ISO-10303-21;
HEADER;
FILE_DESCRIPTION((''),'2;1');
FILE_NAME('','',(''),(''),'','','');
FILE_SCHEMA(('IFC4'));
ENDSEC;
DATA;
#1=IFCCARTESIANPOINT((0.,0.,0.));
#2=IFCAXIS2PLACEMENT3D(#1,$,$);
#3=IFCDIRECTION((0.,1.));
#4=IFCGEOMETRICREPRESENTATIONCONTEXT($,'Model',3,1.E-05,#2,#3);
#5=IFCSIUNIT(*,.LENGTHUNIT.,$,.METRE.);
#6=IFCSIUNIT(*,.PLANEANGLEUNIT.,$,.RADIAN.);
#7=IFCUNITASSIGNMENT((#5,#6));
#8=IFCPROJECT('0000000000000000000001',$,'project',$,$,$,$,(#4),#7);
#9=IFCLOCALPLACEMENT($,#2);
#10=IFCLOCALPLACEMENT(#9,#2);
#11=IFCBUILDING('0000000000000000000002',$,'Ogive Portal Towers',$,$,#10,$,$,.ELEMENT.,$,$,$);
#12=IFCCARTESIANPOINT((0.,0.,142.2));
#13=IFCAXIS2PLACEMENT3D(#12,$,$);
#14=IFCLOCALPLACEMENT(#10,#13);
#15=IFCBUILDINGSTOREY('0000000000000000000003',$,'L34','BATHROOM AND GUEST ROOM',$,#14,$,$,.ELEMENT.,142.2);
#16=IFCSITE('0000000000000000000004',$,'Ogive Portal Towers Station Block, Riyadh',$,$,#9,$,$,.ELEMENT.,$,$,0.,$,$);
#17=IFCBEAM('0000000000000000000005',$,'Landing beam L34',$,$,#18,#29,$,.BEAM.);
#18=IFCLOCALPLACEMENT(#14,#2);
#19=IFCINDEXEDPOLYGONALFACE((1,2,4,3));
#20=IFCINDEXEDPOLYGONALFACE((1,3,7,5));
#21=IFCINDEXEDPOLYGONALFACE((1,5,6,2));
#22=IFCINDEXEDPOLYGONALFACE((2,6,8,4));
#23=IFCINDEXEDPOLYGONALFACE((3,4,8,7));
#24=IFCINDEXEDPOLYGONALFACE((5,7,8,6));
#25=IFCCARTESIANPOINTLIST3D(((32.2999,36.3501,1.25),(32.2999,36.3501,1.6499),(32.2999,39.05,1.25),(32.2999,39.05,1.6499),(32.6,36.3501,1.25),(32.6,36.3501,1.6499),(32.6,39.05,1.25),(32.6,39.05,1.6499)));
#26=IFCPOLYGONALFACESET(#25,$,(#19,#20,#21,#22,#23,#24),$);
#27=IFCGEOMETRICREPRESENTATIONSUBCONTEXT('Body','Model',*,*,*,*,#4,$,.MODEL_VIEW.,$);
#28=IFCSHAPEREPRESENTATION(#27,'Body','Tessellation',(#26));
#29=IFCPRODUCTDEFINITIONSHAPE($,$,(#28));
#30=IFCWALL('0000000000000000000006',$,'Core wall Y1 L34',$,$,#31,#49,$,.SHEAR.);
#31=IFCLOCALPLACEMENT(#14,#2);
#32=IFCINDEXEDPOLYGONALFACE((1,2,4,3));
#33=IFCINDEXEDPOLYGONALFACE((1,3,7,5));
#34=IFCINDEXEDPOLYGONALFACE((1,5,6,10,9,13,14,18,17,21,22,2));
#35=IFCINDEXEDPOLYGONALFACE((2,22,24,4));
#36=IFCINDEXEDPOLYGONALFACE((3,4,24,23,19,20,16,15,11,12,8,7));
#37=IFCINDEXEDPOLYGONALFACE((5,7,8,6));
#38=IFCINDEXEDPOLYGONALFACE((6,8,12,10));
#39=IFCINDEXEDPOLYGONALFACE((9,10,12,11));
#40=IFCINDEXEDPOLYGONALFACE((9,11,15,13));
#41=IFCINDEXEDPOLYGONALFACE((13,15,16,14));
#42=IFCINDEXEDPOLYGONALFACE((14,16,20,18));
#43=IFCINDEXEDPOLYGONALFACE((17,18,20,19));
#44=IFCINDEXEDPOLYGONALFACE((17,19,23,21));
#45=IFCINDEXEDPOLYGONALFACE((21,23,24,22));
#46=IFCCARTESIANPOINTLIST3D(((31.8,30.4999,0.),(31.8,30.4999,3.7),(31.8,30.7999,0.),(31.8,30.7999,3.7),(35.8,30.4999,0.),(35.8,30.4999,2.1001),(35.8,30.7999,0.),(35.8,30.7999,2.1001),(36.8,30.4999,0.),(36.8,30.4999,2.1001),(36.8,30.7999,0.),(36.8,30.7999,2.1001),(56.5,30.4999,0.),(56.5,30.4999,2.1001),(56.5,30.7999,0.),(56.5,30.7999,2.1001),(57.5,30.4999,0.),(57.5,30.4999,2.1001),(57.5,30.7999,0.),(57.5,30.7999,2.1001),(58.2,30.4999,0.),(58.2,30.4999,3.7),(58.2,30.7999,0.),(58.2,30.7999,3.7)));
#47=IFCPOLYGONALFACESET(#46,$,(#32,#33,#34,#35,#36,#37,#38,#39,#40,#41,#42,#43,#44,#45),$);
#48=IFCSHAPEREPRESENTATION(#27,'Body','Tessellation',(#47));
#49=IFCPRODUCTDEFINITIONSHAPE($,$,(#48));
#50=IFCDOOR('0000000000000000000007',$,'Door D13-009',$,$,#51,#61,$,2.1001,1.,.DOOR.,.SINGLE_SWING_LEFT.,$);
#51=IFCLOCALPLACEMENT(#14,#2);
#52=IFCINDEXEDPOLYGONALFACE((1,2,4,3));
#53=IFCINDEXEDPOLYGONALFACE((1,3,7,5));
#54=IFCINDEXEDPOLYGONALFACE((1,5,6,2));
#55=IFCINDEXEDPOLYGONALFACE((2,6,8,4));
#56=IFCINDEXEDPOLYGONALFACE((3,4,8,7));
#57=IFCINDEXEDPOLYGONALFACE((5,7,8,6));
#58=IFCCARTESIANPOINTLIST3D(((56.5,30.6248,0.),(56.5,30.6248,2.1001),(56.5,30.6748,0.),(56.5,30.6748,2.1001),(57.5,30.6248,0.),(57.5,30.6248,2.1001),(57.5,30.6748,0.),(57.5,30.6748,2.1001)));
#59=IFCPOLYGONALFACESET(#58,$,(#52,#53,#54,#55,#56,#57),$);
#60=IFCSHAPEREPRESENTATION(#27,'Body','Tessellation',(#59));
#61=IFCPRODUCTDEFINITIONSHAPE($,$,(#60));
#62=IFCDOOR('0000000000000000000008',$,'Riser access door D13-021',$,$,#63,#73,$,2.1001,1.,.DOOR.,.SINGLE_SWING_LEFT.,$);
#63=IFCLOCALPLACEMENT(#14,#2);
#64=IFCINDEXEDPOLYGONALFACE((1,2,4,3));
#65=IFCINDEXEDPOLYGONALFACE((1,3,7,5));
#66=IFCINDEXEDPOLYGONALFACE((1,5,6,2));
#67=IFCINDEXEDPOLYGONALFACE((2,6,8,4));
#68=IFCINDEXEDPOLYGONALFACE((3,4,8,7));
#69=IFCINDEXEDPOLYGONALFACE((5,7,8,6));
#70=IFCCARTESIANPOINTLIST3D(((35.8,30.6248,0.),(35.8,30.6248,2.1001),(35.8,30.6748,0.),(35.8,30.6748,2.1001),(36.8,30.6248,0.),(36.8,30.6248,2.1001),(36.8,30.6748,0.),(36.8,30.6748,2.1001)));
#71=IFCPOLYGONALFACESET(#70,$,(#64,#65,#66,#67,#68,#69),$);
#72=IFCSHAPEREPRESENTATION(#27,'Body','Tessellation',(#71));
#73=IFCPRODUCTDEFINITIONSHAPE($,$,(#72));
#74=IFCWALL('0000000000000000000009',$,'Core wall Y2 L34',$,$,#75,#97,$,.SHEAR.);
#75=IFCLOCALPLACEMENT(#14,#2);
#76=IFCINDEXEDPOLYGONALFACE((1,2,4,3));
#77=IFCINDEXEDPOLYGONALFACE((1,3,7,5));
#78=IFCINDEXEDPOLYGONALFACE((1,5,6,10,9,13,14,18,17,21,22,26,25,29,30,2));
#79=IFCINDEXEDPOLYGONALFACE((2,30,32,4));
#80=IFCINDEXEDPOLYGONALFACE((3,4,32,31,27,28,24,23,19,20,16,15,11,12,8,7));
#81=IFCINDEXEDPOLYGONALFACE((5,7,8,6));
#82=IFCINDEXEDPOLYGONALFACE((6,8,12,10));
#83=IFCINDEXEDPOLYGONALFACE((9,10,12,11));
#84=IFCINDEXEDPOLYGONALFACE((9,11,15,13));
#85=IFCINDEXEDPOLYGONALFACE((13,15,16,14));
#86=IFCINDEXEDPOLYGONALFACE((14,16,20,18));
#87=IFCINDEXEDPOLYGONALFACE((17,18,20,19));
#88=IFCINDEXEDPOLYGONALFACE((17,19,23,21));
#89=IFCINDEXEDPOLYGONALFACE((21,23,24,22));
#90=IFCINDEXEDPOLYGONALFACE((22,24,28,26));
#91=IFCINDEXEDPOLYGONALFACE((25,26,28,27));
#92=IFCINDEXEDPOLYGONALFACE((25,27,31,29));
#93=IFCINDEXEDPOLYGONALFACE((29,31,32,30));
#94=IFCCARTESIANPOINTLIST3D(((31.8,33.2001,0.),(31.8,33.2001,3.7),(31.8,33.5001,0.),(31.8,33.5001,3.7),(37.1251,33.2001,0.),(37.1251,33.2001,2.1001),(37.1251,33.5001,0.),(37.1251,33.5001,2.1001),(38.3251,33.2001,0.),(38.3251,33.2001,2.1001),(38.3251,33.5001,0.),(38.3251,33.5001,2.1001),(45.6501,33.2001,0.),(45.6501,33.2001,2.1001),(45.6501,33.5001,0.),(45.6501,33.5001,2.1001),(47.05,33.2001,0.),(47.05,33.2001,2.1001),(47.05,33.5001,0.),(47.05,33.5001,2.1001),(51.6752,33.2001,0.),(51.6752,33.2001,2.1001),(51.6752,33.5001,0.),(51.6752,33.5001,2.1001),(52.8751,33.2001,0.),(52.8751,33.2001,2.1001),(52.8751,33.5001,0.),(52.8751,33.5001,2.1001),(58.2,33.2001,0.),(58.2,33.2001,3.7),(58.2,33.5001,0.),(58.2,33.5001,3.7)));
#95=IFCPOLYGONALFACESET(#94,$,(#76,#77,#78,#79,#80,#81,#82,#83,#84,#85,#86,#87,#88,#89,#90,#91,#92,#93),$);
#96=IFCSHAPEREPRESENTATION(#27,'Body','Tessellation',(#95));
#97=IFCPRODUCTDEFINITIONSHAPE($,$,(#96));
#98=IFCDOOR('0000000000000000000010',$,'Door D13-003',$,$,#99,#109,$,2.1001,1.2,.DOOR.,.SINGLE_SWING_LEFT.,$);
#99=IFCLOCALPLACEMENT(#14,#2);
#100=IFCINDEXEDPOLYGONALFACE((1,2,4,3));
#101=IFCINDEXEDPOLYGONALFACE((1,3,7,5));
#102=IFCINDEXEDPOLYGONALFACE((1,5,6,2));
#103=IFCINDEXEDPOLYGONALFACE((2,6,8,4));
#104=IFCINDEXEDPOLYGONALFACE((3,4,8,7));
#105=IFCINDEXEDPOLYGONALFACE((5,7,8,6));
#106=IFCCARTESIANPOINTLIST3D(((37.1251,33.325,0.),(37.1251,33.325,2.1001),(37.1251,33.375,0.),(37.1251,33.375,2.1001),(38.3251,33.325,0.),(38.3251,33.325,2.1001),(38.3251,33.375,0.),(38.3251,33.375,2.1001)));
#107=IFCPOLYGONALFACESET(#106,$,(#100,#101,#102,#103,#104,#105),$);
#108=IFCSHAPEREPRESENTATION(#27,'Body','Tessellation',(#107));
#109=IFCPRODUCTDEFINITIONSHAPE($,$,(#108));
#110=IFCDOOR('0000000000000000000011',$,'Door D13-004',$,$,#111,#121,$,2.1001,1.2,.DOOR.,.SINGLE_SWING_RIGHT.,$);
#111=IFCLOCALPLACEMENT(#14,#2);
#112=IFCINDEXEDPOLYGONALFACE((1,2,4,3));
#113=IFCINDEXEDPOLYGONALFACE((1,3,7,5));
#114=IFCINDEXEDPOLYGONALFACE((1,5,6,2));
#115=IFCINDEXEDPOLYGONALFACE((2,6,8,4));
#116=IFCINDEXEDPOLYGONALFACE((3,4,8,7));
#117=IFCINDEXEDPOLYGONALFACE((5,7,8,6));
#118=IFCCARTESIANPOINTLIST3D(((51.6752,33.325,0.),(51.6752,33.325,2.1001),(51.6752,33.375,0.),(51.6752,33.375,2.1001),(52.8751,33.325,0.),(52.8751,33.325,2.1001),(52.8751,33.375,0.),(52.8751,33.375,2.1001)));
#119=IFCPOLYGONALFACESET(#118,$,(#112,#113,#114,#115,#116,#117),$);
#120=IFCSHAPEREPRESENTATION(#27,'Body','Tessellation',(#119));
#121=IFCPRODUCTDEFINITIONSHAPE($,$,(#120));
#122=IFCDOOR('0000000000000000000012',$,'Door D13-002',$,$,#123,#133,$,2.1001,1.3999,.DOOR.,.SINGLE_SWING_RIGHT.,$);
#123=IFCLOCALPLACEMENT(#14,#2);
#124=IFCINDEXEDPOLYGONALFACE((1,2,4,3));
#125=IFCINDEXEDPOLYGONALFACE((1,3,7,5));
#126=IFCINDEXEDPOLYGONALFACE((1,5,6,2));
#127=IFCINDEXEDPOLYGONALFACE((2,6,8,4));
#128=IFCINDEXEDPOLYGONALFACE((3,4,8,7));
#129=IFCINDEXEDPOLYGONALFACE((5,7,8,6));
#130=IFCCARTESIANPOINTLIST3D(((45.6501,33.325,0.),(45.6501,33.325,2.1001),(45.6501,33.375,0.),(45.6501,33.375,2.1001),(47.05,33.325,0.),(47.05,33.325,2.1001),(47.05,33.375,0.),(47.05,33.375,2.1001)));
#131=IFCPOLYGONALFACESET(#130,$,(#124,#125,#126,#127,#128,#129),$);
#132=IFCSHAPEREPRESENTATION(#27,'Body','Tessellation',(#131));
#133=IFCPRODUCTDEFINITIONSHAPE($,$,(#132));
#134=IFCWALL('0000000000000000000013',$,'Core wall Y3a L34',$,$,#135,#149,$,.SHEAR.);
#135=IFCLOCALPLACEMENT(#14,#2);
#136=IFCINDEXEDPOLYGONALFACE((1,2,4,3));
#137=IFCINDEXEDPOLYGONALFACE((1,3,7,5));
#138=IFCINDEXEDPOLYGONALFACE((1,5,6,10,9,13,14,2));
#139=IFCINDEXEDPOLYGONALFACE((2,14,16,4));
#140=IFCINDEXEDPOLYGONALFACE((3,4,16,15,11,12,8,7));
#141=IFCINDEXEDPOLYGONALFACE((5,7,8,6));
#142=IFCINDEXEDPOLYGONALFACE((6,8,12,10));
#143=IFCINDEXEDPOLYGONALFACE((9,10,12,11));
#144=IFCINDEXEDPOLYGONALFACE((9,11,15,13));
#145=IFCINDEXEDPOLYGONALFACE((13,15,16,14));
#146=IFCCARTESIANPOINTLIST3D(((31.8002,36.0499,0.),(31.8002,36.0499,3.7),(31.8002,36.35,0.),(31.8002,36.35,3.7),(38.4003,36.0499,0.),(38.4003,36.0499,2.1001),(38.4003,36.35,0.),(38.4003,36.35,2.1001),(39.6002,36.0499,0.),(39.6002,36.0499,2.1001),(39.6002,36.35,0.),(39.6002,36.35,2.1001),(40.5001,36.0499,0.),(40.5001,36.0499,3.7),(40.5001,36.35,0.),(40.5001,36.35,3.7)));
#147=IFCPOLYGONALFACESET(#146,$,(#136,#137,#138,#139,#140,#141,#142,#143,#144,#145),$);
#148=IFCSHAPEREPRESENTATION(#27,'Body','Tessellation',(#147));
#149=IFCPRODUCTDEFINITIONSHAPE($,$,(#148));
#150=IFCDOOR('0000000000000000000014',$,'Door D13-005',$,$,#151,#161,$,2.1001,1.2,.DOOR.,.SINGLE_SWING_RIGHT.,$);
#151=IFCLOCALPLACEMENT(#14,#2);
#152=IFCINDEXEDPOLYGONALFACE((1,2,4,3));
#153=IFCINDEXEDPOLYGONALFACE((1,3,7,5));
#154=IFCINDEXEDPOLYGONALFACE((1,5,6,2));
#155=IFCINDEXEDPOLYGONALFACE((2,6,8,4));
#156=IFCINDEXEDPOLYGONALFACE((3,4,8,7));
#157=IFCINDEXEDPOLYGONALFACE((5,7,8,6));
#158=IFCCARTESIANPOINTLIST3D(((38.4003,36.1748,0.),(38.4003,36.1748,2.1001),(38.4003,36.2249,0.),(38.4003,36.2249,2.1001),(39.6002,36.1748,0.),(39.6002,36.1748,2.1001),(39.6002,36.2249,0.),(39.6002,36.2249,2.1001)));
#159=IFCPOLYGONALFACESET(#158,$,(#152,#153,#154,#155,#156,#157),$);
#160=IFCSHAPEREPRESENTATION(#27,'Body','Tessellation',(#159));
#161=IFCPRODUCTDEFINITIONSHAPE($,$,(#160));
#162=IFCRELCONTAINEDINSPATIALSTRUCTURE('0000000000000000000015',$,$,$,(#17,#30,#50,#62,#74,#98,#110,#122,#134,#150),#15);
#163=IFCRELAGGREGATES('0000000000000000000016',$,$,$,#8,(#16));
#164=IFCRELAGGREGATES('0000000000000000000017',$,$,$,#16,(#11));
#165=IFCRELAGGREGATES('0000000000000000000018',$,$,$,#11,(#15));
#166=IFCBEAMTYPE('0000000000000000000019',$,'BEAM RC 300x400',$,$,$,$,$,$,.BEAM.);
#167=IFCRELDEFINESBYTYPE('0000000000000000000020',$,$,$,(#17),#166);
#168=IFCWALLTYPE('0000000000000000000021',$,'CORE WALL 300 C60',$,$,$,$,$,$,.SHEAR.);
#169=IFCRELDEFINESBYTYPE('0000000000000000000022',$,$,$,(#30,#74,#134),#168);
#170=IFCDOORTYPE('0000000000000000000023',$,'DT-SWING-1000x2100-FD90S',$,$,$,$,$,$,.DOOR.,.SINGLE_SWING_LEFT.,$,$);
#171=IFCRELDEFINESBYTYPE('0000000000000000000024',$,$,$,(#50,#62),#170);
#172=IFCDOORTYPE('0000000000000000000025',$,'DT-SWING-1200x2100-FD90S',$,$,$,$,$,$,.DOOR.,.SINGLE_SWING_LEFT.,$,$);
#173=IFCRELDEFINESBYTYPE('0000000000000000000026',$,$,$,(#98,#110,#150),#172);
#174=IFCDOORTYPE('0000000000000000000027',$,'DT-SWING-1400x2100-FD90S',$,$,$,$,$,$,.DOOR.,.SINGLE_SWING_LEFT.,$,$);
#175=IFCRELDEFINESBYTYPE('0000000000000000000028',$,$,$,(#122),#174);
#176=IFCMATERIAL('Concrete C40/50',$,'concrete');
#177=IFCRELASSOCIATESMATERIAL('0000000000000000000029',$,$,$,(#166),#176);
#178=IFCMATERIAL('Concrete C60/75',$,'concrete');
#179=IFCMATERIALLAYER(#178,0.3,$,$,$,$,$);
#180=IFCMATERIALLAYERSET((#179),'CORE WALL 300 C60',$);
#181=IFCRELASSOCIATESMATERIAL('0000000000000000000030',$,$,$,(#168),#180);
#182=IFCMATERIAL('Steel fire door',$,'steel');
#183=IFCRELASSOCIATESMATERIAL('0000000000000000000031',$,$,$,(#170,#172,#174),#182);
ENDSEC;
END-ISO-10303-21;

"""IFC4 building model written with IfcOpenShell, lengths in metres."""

from ifc_helpers import new_model, si_unit, direction, frame, frame_2d, origin, origin_2d, place, context, subcontext, project, spatial, rectangle, extrude, material, layer, layer_set, material_profile, profile_set, type_object, element, fill, save


model = new_model("IFC4")

# Units and contexts
model_context = context("Model", 3, precision=1e-05, world=origin(), true_north=direction((0.0, 1.0)))
body_context = subcontext(model_context, "Body", "Model", "MODEL_VIEW")
ifc_project = project(units=[si_unit("LENGTHUNIT", "METRE"), si_unit("PLANEANGLEUNIT", "RADIAN")], contexts=[model_context])

# Site, building, storey
site_placement = place(None, origin())
site = spatial("IfcSite", under=ifc_project, at=site_placement, Name="Ogive Portal Towers Station Block, Riyadh", CompositionType="ELEMENT", RefElevation=0.0)
building_placement = place(site_placement, origin())
building = spatial("IfcBuilding", under=site, at=building_placement, Name="Ogive Portal Towers", CompositionType="ELEMENT")
storey_placement = place(building_placement, frame((0.0, 0.0, 142.2)))
storey = spatial("IfcBuildingStorey", under=building, at=storey_placement, Name="L34", Description="BATHROOM AND GUEST ROOM", CompositionType="ELEMENT", Elevation=142.2)

# Beam
ifc_material_1 = material(Name="Concrete C40/50", Category="concrete")
ifc_material_profile = material_profile(ifc_material_1, rectangle(XDim=0.3, YDim=0.3999, at=origin_2d()), Name="RC 300x400")
ifc_profile_set = profile_set([ifc_material_profile], Name="Concrete C40/50")
beam_type = type_object("IfcBeamType", Name="BEAM RC 300x400", PredefinedType="BEAM", material=ifc_profile_set)
beam_placement = place(storey_placement, frame((32.45, 36.3501, 1.45), z_axis=(0.0, 1.0, 0.0), x_axis=(-1.0, 0.0, 0.0)))
element("IfcBeam", 1, at=beam_placement, inside=storey, type_object=beam_type, Name="Landing beam L34", PredefinedType="BEAM", context=body_context, shape_type="SweptSolid", body=[
    extrude(rectangle(XDim=0.3, YDim=0.3999, at=origin_2d()), origin(), (0.0, 0.0, 1.0), 2.7),
])

# Walls, openings, doors
ifc_material_2 = material(Name="Concrete C60/75", Category="concrete")
ifc_layer_1 = layer(ifc_material_2, 0.3)
ifc_layer_set_1 = layer_set([ifc_layer_1], Name="CORE WALL 300 C60")
wall_type_1 = type_object("IfcWallType", Name="CORE WALL 300 C60", PredefinedType="SHEAR", material=ifc_layer_set_1)
wall_1_placement = place(storey_placement, frame((31.8, 30.6499, 0.0), z_axis=(0.0, 0.0, 1.0), x_axis=(1.0, 0.0, 0.0)))
wall_1 = element("IfcWall", 2, at=wall_1_placement, inside=storey, type_object=wall_type_1, Name="Core wall Y1 L34", PredefinedType="SHEAR", context=body_context, shape_type="SweptSolid", body=[
    extrude(rectangle(XDim=26.3999, YDim=0.3, at=frame_2d((13.2, 0.0))), origin(), (0.0, 0.0, 1.0), 3.7),
])
opening_1_placement = place(wall_1_placement, frame((24.7, 0.0, 0.0)))
opening_1 = element("IfcOpeningElement", 3, at=opening_1_placement, cuts=wall_1, PredefinedType="OPENING", context=body_context, shape_type="SweptSolid", body=[
    extrude(rectangle(XDim=1.0, YDim=2.1001, at=frame_2d((0.5, 1.05))), frame((0.0, 0.1602, 0.0), z_axis=(0.0, -1.0, 0.0), x_axis=(1.0, 0.0, 0.0)), (0.0, 0.0, 1.0), 0.3201),
])
opening_2_placement = place(wall_1_placement, frame((4.0, 0.0, 0.0)))
opening_2 = element("IfcOpeningElement", 4, at=opening_2_placement, cuts=wall_1, PredefinedType="OPENING", context=body_context, shape_type="SweptSolid", body=[
    extrude(rectangle(XDim=1.0, YDim=2.1001, at=frame_2d((0.5, 1.05))), frame((0.0, 0.1602, 0.0), z_axis=(0.0, -1.0, 0.0), x_axis=(1.0, 0.0, 0.0)), (0.0, 0.0, 1.0), 0.3201),
])
ifc_material_3 = material(Name="Steel fire door", Category="steel")
door_type_1 = type_object("IfcDoorType", Name="DT-SWING-1000x2100-FD90S", OperationType="SINGLE_SWING_LEFT", PredefinedType="DOOR", material=ifc_material_3)
door_1_placement = place(opening_1_placement, origin())
door_1 = element("IfcDoor", 5, at=door_1_placement, inside=storey, type_object=door_type_1, Name="Door D13-009", OperationType="SINGLE_SWING_LEFT", OverallHeight=2.1001, OverallWidth=1.0, PredefinedType="DOOR", context=body_context, shape_type="SweptSolid", body=[
    extrude(rectangle(XDim=1.0, YDim=2.1001, at=frame_2d((0.5, 1.05))), frame((0.0, 0.0249, 0.0), z_axis=(0.0, -1.0, 0.0), x_axis=(1.0, 0.0, 0.0)), (0.0, 0.0, 1.0), 0.05),
])
fill(opening_1, door_1)
door_2_placement = place(opening_2_placement, origin())
door_2 = element("IfcDoor", 6, at=door_2_placement, inside=storey, type_object=door_type_1, Name="Riser access door D13-021", OperationType="SINGLE_SWING_LEFT", OverallHeight=2.1001, OverallWidth=1.0, PredefinedType="DOOR", context=body_context, shape_type="SweptSolid", body=[
    extrude(rectangle(XDim=1.0, YDim=2.1001, at=frame_2d((0.5, 1.05))), frame((0.0, 0.0249, 0.0), z_axis=(0.0, -1.0, 0.0), x_axis=(1.0, 0.0, 0.0)), (0.0, 0.0, 1.0), 0.05),
])
fill(opening_2, door_2)
wall_2_placement = place(storey_placement, frame((31.8, 33.3501, 0.0), z_axis=(0.0, 0.0, 1.0), x_axis=(1.0, 0.0, 0.0)))
wall_2 = element("IfcWall", 7, at=wall_2_placement, inside=storey, type_object=wall_type_1, Name="Core wall Y2 L34", PredefinedType="SHEAR", context=body_context, shape_type="SweptSolid", body=[
    extrude(rectangle(XDim=26.3999, YDim=0.3, at=frame_2d((13.2, 0.0))), origin(), (0.0, 0.0, 1.0), 3.7),
])
opening_3_placement = place(wall_2_placement, frame((13.8501, 0.0, 0.0)))
opening_3 = element("IfcOpeningElement", 8, at=opening_3_placement, cuts=wall_2, PredefinedType="OPENING", context=body_context, shape_type="SweptSolid", body=[
    extrude(rectangle(XDim=1.3999, YDim=2.1001, at=frame_2d((0.7, 1.05))), frame((0.0, 0.1602, 0.0), z_axis=(0.0, -1.0, 0.0), x_axis=(1.0, 0.0, 0.0)), (0.0, 0.0, 1.0), 0.3201),
])
opening_4_placement = place(wall_2_placement, frame((5.325, 0.0, 0.0)))
opening_4 = element("IfcOpeningElement", 9, at=opening_4_placement, cuts=wall_2, PredefinedType="OPENING", context=body_context, shape_type="SweptSolid", body=[
    extrude(rectangle(XDim=1.2, YDim=2.1001, at=frame_2d((0.6001, 1.05))), frame((0.0, 0.1602, 0.0), z_axis=(0.0, -1.0, 0.0), x_axis=(1.0, 0.0, 0.0)), (0.0, 0.0, 1.0), 0.3201),
])
opening_5_placement = place(wall_2_placement, frame((19.875, 0.0, 0.0)))
opening_5 = element("IfcOpeningElement", 10, at=opening_5_placement, cuts=wall_2, PredefinedType="OPENING", context=body_context, shape_type="SweptSolid", body=[
    extrude(rectangle(XDim=1.2, YDim=2.1001, at=frame_2d((0.6001, 1.05))), frame((0.0, 0.1602, 0.0), z_axis=(0.0, -1.0, 0.0), x_axis=(1.0, 0.0, 0.0)), (0.0, 0.0, 1.0), 0.3201),
])
door_type_2 = type_object("IfcDoorType", Name="DT-SWING-1200x2100-FD90S", OperationType="SINGLE_SWING_LEFT", PredefinedType="DOOR", material=ifc_material_3)
door_3_placement = place(opening_4_placement, origin())
door_3 = element("IfcDoor", 11, at=door_3_placement, inside=storey, type_object=door_type_2, Name="Door D13-003", OperationType="SINGLE_SWING_LEFT", OverallHeight=2.1001, OverallWidth=1.2, PredefinedType="DOOR", context=body_context, shape_type="SweptSolid", body=[
    extrude(rectangle(XDim=1.2, YDim=2.1001, at=frame_2d((0.6001, 1.05))), frame((0.0, 0.0249, 0.0), z_axis=(0.0, -1.0, 0.0), x_axis=(1.0, 0.0, 0.0)), (0.0, 0.0, 1.0), 0.05),
])
fill(opening_4, door_3)
door_4_placement = place(opening_5_placement, origin())
door_4 = element("IfcDoor", 12, at=door_4_placement, inside=storey, type_object=door_type_2, Name="Door D13-004", OperationType="SINGLE_SWING_RIGHT", OverallHeight=2.1001, OverallWidth=1.2, PredefinedType="DOOR", context=body_context, shape_type="SweptSolid", body=[
    extrude(rectangle(XDim=1.2, YDim=2.1001, at=frame_2d((0.6001, 1.05))), frame((0.0, 0.0249, 0.0), z_axis=(0.0, -1.0, 0.0), x_axis=(1.0, 0.0, 0.0)), (0.0, 0.0, 1.0), 0.05),
])
fill(opening_5, door_4)
door_type_3 = type_object("IfcDoorType", Name="DT-SWING-1400x2100-FD90S", OperationType="SINGLE_SWING_LEFT", PredefinedType="DOOR", material=ifc_material_3)
door_5_placement = place(opening_3_placement, origin())
door_5 = element("IfcDoor", 13, at=door_5_placement, inside=storey, type_object=door_type_3, Name="Door D13-002", OperationType="SINGLE_SWING_RIGHT", OverallHeight=2.1001, OverallWidth=1.3999, PredefinedType="DOOR", context=body_context, shape_type="SweptSolid", body=[
    extrude(rectangle(XDim=1.3999, YDim=2.1001, at=frame_2d((0.7, 1.05))), frame((0.0, 0.0249, 0.0), z_axis=(0.0, -1.0, 0.0), x_axis=(1.0, 0.0, 0.0)), (0.0, 0.0, 1.0), 0.05),
])
fill(opening_3, door_5)

# Wall, opening, door
wall_3_placement = place(storey_placement, frame((31.8, 36.2, 0.0), z_axis=(0.0, 0.0, 1.0), x_axis=(1.0, 0.0, 0.0)))
wall_3 = element("IfcWall", 14, at=wall_3_placement, inside=storey, type_object=wall_type_1, Name="Core wall Y3a L34", PredefinedType="SHEAR", context=body_context, shape_type="SweptSolid", body=[
    extrude(rectangle(XDim=8.7, YDim=0.3, at=frame_2d((4.3501, 0.0))), origin(), (0.0, 0.0, 1.0), 3.7),
])
opening_6_placement = place(wall_3_placement, frame((6.6001, 0.0, 0.0)))
opening_6 = element("IfcOpeningElement", 15, at=opening_6_placement, cuts=wall_3, PredefinedType="OPENING", context=body_context, shape_type="SweptSolid", body=[
    extrude(rectangle(XDim=1.2, YDim=2.1001, at=frame_2d((0.6001, 1.05))), frame((0.0, 0.1602, 0.0), z_axis=(0.0, -1.0, 0.0), x_axis=(1.0, 0.0, 0.0)), (0.0, 0.0, 1.0), 0.3201),
])
door_6_placement = place(opening_6_placement, origin())
door_6 = element("IfcDoor", 16, at=door_6_placement, inside=storey, type_object=door_type_2, Name="Door D13-005", OperationType="SINGLE_SWING_RIGHT", OverallHeight=2.1001, OverallWidth=1.2, PredefinedType="DOOR", context=body_context, shape_type="SweptSolid", body=[
    extrude(rectangle(XDim=1.2, YDim=2.1001, at=frame_2d((0.6001, 1.05))), frame((0.0, 0.0249, 0.0), z_axis=(0.0, -1.0, 0.0), x_axis=(1.0, 0.0, 0.0)), (0.0, 0.0, 1.0), 0.05),
])
fill(opening_6, door_6)

save(model, "model.ifc")
